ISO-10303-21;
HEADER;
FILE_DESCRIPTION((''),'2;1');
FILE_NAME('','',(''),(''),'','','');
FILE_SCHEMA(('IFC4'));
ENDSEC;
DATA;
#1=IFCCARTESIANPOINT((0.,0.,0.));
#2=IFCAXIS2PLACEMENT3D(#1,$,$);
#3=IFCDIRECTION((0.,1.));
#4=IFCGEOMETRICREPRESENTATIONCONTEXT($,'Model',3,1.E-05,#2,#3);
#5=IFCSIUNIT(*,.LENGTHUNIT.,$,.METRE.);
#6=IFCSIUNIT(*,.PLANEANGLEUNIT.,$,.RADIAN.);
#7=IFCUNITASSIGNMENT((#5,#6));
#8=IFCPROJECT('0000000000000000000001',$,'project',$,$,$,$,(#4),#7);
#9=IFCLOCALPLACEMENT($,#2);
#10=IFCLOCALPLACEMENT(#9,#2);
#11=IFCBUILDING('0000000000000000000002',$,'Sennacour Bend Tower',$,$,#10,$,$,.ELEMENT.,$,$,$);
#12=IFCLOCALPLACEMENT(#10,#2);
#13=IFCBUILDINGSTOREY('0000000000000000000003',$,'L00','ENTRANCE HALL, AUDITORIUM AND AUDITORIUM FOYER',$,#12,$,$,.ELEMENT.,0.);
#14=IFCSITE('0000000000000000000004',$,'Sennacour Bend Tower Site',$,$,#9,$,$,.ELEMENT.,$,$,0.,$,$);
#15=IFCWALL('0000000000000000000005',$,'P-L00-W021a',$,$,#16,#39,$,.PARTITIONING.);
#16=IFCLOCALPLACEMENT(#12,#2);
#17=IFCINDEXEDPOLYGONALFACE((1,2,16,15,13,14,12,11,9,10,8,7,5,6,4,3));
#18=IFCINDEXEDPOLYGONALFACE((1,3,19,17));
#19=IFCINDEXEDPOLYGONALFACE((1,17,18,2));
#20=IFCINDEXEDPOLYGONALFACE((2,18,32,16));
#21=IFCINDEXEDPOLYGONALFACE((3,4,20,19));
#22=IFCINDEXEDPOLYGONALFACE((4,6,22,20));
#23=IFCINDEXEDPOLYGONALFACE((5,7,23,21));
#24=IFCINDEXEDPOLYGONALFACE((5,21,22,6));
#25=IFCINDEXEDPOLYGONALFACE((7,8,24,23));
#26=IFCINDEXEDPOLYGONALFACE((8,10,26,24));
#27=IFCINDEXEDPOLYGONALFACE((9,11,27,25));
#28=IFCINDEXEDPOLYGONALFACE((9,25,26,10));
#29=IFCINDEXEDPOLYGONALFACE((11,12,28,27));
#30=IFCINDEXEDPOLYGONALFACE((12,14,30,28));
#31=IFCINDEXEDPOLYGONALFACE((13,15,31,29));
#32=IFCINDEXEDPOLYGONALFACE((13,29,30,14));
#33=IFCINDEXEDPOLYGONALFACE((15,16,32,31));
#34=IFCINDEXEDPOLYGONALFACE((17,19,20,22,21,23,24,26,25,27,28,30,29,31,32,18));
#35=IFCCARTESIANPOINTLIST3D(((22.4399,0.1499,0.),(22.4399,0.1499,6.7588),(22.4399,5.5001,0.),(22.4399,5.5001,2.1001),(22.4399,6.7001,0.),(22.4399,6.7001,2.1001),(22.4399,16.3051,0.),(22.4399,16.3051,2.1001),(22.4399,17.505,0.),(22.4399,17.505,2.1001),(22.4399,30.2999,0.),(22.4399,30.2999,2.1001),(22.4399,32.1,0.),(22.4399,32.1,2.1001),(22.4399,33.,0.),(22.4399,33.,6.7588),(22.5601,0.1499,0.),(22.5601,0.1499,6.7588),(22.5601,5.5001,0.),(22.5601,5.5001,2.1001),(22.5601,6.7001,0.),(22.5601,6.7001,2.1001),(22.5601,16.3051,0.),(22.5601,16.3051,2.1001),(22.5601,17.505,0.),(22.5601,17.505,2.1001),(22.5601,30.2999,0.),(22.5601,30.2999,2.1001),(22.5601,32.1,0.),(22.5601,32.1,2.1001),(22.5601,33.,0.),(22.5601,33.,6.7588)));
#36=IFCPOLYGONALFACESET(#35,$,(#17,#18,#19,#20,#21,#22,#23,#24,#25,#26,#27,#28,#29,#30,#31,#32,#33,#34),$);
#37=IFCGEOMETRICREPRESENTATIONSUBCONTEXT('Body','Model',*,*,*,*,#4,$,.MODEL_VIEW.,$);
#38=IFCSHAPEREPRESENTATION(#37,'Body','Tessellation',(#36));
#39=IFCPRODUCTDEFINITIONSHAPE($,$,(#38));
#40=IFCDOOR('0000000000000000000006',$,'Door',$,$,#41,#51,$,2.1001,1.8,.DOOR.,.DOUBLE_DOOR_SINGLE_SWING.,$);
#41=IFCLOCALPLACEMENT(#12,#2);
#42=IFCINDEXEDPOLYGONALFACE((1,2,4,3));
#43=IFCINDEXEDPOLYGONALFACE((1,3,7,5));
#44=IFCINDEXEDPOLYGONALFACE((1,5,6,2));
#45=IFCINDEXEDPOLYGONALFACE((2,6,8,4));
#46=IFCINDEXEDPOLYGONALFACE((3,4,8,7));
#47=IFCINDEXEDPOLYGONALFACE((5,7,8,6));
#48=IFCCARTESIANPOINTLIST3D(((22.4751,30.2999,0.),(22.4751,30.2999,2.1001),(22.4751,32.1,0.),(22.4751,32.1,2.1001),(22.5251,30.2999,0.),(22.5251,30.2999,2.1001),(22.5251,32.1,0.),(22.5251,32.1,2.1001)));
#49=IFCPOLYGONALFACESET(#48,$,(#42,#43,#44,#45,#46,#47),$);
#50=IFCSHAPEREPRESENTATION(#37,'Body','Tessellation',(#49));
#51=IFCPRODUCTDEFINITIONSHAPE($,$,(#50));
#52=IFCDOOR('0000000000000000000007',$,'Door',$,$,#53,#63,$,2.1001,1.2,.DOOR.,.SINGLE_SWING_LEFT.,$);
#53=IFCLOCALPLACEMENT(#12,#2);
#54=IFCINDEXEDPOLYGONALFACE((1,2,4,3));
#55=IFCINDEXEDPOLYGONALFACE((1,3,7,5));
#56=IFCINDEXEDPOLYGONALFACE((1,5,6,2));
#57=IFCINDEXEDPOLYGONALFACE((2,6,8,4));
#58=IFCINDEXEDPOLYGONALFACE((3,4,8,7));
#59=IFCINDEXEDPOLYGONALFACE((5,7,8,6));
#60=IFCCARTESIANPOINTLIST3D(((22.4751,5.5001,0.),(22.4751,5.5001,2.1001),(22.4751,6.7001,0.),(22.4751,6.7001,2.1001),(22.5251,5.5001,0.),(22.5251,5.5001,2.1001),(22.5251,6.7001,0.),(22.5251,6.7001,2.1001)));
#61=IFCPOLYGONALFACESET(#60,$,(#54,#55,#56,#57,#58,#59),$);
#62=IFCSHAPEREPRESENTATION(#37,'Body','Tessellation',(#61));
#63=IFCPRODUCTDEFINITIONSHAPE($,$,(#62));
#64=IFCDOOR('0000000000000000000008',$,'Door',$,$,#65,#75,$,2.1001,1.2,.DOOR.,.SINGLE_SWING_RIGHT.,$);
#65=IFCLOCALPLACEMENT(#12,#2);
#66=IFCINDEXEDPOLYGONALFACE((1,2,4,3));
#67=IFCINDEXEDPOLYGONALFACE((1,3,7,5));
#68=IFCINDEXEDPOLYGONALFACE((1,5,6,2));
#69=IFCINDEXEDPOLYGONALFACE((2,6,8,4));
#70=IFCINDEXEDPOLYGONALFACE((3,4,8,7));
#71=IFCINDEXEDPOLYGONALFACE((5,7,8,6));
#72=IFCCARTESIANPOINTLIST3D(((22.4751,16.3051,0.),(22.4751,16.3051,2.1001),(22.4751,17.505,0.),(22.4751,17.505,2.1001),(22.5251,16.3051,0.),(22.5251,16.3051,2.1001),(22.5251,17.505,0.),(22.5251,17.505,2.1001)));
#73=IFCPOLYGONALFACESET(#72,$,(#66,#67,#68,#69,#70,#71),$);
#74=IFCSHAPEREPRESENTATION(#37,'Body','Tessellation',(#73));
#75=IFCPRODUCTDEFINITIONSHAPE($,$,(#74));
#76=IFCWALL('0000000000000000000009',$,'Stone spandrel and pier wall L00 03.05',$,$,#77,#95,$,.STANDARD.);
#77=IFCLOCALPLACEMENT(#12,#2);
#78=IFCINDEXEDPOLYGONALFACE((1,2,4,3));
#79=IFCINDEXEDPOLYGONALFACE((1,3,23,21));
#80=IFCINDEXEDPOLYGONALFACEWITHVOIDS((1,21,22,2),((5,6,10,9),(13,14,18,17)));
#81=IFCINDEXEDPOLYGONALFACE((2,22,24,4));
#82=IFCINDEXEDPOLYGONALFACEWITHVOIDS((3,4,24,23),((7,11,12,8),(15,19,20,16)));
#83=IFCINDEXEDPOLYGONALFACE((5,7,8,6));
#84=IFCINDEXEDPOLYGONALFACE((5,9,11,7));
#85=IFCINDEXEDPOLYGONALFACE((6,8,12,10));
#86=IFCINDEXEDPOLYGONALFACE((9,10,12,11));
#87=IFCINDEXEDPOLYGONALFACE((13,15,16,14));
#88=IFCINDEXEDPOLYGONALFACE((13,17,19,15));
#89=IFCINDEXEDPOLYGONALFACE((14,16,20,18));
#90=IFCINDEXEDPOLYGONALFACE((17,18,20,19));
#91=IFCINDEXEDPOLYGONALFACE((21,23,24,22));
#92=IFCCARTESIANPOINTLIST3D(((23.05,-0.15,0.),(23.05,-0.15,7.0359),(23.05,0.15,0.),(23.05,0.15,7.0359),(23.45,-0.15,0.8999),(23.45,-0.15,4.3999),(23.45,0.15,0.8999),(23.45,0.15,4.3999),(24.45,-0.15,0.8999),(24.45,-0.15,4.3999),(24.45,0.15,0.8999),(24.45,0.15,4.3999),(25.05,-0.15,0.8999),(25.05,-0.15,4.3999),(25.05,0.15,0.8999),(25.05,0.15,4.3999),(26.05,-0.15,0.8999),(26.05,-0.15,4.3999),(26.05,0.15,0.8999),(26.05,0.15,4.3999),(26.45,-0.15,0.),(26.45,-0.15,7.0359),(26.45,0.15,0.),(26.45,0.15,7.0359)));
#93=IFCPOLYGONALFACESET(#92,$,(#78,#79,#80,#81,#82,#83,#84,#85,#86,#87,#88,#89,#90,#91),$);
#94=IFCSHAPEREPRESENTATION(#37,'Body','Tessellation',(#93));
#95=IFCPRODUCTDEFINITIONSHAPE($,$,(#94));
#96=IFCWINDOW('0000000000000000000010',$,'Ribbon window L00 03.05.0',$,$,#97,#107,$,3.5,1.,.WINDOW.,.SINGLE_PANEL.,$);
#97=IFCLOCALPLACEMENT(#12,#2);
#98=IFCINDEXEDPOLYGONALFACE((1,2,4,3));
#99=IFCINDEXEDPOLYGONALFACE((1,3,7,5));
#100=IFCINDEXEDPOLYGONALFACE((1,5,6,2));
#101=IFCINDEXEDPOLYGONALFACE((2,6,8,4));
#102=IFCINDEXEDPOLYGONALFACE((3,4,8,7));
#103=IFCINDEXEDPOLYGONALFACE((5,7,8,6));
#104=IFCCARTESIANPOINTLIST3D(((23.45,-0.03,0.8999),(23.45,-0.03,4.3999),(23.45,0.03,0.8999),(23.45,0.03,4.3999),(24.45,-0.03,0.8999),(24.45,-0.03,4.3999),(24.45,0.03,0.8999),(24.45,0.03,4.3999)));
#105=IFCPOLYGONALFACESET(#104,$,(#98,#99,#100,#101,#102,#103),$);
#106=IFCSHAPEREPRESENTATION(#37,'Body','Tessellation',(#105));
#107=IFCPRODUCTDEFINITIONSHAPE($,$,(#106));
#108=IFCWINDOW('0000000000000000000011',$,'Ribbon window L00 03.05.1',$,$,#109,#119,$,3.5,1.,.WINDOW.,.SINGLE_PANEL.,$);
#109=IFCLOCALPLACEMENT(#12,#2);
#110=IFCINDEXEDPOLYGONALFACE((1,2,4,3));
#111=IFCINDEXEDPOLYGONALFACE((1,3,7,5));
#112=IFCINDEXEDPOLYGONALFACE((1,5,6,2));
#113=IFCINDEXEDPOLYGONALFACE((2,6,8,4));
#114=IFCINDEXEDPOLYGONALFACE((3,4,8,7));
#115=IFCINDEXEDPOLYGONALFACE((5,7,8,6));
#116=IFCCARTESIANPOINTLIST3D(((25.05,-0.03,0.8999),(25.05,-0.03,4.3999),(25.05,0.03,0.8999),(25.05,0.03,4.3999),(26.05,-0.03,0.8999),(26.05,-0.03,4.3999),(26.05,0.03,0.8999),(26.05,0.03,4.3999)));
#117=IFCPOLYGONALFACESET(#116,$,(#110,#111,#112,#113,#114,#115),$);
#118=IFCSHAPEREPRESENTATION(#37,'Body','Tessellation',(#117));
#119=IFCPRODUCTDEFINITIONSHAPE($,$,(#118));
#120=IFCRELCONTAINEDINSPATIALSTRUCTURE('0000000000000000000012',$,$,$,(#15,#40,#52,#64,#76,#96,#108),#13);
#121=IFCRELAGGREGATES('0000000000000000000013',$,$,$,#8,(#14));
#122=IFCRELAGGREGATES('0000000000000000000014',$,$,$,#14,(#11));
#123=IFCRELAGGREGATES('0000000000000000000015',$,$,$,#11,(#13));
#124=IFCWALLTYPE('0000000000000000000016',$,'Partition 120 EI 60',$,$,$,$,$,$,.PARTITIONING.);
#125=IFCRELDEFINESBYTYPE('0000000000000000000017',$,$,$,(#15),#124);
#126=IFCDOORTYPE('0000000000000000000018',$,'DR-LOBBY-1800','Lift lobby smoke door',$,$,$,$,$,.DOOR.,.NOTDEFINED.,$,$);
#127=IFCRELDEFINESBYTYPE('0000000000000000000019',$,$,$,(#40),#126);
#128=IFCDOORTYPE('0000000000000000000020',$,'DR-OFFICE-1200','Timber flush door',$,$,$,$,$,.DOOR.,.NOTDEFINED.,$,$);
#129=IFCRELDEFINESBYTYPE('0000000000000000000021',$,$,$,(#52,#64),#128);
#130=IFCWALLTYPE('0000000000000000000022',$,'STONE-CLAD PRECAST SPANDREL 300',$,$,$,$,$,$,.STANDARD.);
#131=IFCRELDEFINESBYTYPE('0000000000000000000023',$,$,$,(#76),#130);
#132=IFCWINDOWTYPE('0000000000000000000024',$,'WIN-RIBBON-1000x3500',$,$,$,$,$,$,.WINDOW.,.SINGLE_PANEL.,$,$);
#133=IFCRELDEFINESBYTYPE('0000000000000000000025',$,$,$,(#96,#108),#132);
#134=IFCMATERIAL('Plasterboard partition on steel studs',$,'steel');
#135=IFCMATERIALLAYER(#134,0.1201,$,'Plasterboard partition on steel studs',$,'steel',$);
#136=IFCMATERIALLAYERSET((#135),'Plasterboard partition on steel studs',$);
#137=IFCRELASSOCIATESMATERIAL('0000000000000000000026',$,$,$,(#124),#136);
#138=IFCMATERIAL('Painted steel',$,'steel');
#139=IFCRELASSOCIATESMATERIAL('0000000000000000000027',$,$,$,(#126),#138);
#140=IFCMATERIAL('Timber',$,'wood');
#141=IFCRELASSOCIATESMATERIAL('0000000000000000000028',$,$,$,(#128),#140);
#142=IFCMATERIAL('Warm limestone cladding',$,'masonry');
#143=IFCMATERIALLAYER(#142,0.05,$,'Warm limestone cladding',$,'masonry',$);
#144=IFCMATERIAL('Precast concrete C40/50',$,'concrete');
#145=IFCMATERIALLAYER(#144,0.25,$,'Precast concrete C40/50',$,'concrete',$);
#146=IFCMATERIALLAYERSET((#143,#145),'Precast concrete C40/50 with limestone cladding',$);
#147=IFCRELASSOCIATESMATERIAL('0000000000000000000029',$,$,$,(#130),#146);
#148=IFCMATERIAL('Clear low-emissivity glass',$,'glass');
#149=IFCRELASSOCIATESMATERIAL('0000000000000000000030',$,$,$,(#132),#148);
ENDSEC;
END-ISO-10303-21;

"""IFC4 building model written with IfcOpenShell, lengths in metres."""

from ifc_helpers import new_model, si_unit, direction, frame, frame_2d, origin, place, context, subcontext, project, spatial, rectangle, extrude, material, layer, layer_set, type_object, element, fill, save


model = new_model("IFC4")

# Units and contexts
model_context = context("Model", 3, precision=1e-05, world=origin(), true_north=direction((0.0, 1.0)))
body_context = subcontext(model_context, "Body", "Model", "MODEL_VIEW")
ifc_project = project(units=[si_unit("LENGTHUNIT", "METRE"), si_unit("PLANEANGLEUNIT", "RADIAN")], contexts=[model_context])

# Site, building, storey
site_placement = place(None, origin())
site = spatial("IfcSite", under=ifc_project, at=site_placement, Name="Sennacour Bend Tower Site", CompositionType="ELEMENT", RefElevation=0.0)
building_placement = place(site_placement, origin())
building = spatial("IfcBuilding", under=site, at=building_placement, Name="Sennacour Bend Tower", CompositionType="ELEMENT")
storey_placement = place(building_placement, origin())
storey = spatial("IfcBuildingStorey", under=building, at=storey_placement, Name="L00", Description="ENTRANCE HALL, AUDITORIUM AND AUDITORIUM FOYER", CompositionType="ELEMENT", Elevation=0.0)

# Wall, openings, doors
ifc_material_1 = material(Name="Plasterboard partition on steel studs", Category="steel")
ifc_layer_1 = layer(ifc_material_1, 0.1201, Name="Plasterboard partition on steel studs", Category="steel")
ifc_layer_set_1 = layer_set([ifc_layer_1], Name="Plasterboard partition on steel studs")
wall_type_1 = type_object("IfcWallType", Name="Partition 120 EI 60", PredefinedType="PARTITIONING", material=ifc_layer_set_1)
wall_1_placement = place(storey_placement, frame((22.5, 0.1499, 0.0), z_axis=(0.0, 0.0, 1.0), x_axis=(0.0, 1.0, 0.0)))
wall_1 = element("IfcWall", 1, at=wall_1_placement, inside=storey, type_object=wall_type_1, Name="P-L00-W021a", PredefinedType="PARTITIONING", context=body_context, shape_type="SweptSolid", body=[
    extrude(rectangle(XDim=32.8501, YDim=0.1201, at=frame_2d((16.425, 0.0))), origin(), (0.0, 0.0, 1.0), 6.7588),
])
opening_1_placement = place(wall_1_placement, frame((5.3501, 0.0, 0.0)))
opening_1 = element("IfcOpeningElement", 2, at=opening_1_placement, cuts=wall_1, PredefinedType="OPENING", context=body_context, shape_type="SweptSolid", body=[
    extrude(rectangle(XDim=1.2, YDim=2.1001, at=frame_2d((0.6001, 1.05))), frame((0.0, 0.0701, 0.0), z_axis=(0.0, -1.0, 0.0), x_axis=(1.0, 0.0, 0.0)), (0.0, 0.0, 1.0), 0.1401),
])
opening_2_placement = place(wall_1_placement, frame((16.155, 0.0, 0.0)))
opening_2 = element("IfcOpeningElement", 3, at=opening_2_placement, cuts=wall_1, PredefinedType="OPENING", context=body_context, shape_type="SweptSolid", body=[
    extrude(rectangle(XDim=1.2, YDim=2.1001, at=frame_2d((0.6001, 1.05))), frame((0.0, 0.0701, 0.0), z_axis=(0.0, -1.0, 0.0), x_axis=(1.0, 0.0, 0.0)), (0.0, 0.0, 1.0), 0.1401),
])
opening_3_placement = place(wall_1_placement, frame((30.1501, 0.0, 0.0)))
opening_3 = element("IfcOpeningElement", 4, at=opening_3_placement, cuts=wall_1, PredefinedType="OPENING", context=body_context, shape_type="SweptSolid", body=[
    extrude(rectangle(XDim=1.8, YDim=2.1001, at=frame_2d((0.8999, 1.05))), frame((0.0, 0.0701, 0.0), z_axis=(0.0, -1.0, 0.0), x_axis=(1.0, 0.0, 0.0)), (0.0, 0.0, 1.0), 0.1401),
])
ifc_material_2 = material(Name="Painted steel", Category="steel")
door_type_1 = type_object("IfcDoorType", Name="DR-LOBBY-1800", Description="Lift lobby smoke door", OperationType="NOTDEFINED", PredefinedType="DOOR", material=ifc_material_2)
door_1_placement = place(opening_3_placement, origin())
door_1 = element("IfcDoor", 5, at=door_1_placement, inside=storey, type_object=door_type_1, Name="Door", OperationType="DOUBLE_DOOR_SINGLE_SWING", OverallHeight=2.1001, OverallWidth=1.8, PredefinedType="DOOR", context=body_context, shape_type="SweptSolid", body=[
    extrude(rectangle(XDim=1.8, YDim=2.1001, at=frame_2d((0.8999, 1.05))), frame((0.0, 0.0249, 0.0), z_axis=(0.0, -1.0, 0.0), x_axis=(1.0, 0.0, 0.0)), (0.0, 0.0, 1.0), 0.05),
])
fill(opening_3, door_1)
ifc_material_3 = material(Name="Timber", Category="wood")
door_type_2 = type_object("IfcDoorType", Name="DR-OFFICE-1200", Description="Timber flush door", OperationType="NOTDEFINED", PredefinedType="DOOR", material=ifc_material_3)
door_2_placement = place(opening_1_placement, origin())
door_2 = element("IfcDoor", 6, at=door_2_placement, inside=storey, type_object=door_type_2, Name="Door", OperationType="SINGLE_SWING_LEFT", OverallHeight=2.1001, OverallWidth=1.2, PredefinedType="DOOR", context=body_context, shape_type="SweptSolid", body=[
    extrude(rectangle(XDim=1.2, YDim=2.1001, at=frame_2d((0.6001, 1.05))), frame((0.0, 0.0249, 0.0), z_axis=(0.0, -1.0, 0.0), x_axis=(1.0, 0.0, 0.0)), (0.0, 0.0, 1.0), 0.05),
])
fill(opening_1, door_2)
door_3_placement = place(opening_2_placement, origin())
door_3 = element("IfcDoor", 7, at=door_3_placement, inside=storey, type_object=door_type_2, Name="Door", OperationType="SINGLE_SWING_RIGHT", OverallHeight=2.1001, OverallWidth=1.2, PredefinedType="DOOR", context=body_context, shape_type="SweptSolid", body=[
    extrude(rectangle(XDim=1.2, YDim=2.1001, at=frame_2d((0.6001, 1.05))), frame((0.0, 0.0249, 0.0), z_axis=(0.0, -1.0, 0.0), x_axis=(1.0, 0.0, 0.0)), (0.0, 0.0, 1.0), 0.05),
])
fill(opening_2, door_3)

# Wall, openings, windows
ifc_material_4 = material(Name="Warm limestone cladding", Category="masonry")
ifc_layer_2 = layer(ifc_material_4, 0.05, Name="Warm limestone cladding", Category="masonry")
ifc_material_5 = material(Name="Precast concrete C40/50", Category="concrete")
ifc_layer_3 = layer(ifc_material_5, 0.25, Name="Precast concrete C40/50", Category="concrete")
ifc_layer_set_2 = layer_set([ifc_layer_2, ifc_layer_3], Name="Precast concrete C40/50 with limestone cladding")
wall_type_2 = type_object("IfcWallType", Name="STONE-CLAD PRECAST SPANDREL 300", PredefinedType="STANDARD", material=ifc_layer_set_2)
wall_2_placement = place(storey_placement, frame((23.05, 0.0, 0.0), z_axis=(0.0, 0.0, 1.0), x_axis=(1.0, 0.0, 0.0)))
wall_2 = element("IfcWall", 8, at=wall_2_placement, inside=storey, type_object=wall_type_2, Name="Stone spandrel and pier wall L00 03.05", PredefinedType="STANDARD", context=body_context, shape_type="SweptSolid", body=[
    extrude(rectangle(XDim=3.3999, YDim=0.3, at=frame_2d((1.7, 0.0))), origin(), (0.0, 0.0, 1.0), 7.0359),
])
opening_4_placement = place(wall_2_placement, frame((0.3999, 0.0, 0.8999)))
opening_4 = element("IfcOpeningElement", 9, at=opening_4_placement, cuts=wall_2, PredefinedType="OPENING", context=body_context, shape_type="SweptSolid", body=[
    extrude(rectangle(XDim=1.0, YDim=3.5, at=frame_2d((0.5, 1.75))), frame((0.0, 0.1602, 0.0), z_axis=(0.0, -1.0, 0.0), x_axis=(1.0, 0.0, 0.0)), (0.0, 0.0, 1.0), 0.3201),
])
opening_5_placement = place(wall_2_placement, frame((2.0, 0.0, 0.8999)))
opening_5 = element("IfcOpeningElement", 10, at=opening_5_placement, cuts=wall_2, PredefinedType="OPENING", context=body_context, shape_type="SweptSolid", body=[
    extrude(rectangle(XDim=1.0, YDim=3.5, at=frame_2d((0.5, 1.75))), frame((0.0, 0.1602, 0.0), z_axis=(0.0, -1.0, 0.0), x_axis=(1.0, 0.0, 0.0)), (0.0, 0.0, 1.0), 0.3201),
])
ifc_material_6 = material(Name="Clear low-emissivity glass", Category="glass")
window_type = type_object("IfcWindowType", Name="WIN-RIBBON-1000x3500", PartitioningType="SINGLE_PANEL", PredefinedType="WINDOW", material=ifc_material_6)
window_1_placement = place(opening_4_placement, origin())
window_1 = element("IfcWindow", 11, at=window_1_placement, inside=storey, type_object=window_type, Name="Ribbon window L00 03.05.0", OverallHeight=3.5, OverallWidth=1.0, PartitioningType="SINGLE_PANEL", PredefinedType="WINDOW", context=body_context, shape_type="SweptSolid", body=[
    extrude(rectangle(XDim=1.0, YDim=3.5, at=frame_2d((0.5, 1.75))), frame((0.0, 0.03, 0.0), z_axis=(0.0, -1.0, 0.0), x_axis=(1.0, 0.0, 0.0)), (0.0, 0.0, 1.0), 0.0601),
])
fill(opening_4, window_1)
window_2_placement = place(opening_5_placement, origin())
window_2 = element("IfcWindow", 12, at=window_2_placement, inside=storey, type_object=window_type, Name="Ribbon window L00 03.05.1", OverallHeight=3.5, OverallWidth=1.0, PartitioningType="SINGLE_PANEL", PredefinedType="WINDOW", context=body_context, shape_type="SweptSolid", body=[
    extrude(rectangle(XDim=1.0, YDim=3.5, at=frame_2d((0.5, 1.75))), frame((0.0, 0.03, 0.0), z_axis=(0.0, -1.0, 0.0), x_axis=(1.0, 0.0, 0.0)), (0.0, 0.0, 1.0), 0.0601),
])
fill(opening_5, window_2)

save(model, "model.ifc")
